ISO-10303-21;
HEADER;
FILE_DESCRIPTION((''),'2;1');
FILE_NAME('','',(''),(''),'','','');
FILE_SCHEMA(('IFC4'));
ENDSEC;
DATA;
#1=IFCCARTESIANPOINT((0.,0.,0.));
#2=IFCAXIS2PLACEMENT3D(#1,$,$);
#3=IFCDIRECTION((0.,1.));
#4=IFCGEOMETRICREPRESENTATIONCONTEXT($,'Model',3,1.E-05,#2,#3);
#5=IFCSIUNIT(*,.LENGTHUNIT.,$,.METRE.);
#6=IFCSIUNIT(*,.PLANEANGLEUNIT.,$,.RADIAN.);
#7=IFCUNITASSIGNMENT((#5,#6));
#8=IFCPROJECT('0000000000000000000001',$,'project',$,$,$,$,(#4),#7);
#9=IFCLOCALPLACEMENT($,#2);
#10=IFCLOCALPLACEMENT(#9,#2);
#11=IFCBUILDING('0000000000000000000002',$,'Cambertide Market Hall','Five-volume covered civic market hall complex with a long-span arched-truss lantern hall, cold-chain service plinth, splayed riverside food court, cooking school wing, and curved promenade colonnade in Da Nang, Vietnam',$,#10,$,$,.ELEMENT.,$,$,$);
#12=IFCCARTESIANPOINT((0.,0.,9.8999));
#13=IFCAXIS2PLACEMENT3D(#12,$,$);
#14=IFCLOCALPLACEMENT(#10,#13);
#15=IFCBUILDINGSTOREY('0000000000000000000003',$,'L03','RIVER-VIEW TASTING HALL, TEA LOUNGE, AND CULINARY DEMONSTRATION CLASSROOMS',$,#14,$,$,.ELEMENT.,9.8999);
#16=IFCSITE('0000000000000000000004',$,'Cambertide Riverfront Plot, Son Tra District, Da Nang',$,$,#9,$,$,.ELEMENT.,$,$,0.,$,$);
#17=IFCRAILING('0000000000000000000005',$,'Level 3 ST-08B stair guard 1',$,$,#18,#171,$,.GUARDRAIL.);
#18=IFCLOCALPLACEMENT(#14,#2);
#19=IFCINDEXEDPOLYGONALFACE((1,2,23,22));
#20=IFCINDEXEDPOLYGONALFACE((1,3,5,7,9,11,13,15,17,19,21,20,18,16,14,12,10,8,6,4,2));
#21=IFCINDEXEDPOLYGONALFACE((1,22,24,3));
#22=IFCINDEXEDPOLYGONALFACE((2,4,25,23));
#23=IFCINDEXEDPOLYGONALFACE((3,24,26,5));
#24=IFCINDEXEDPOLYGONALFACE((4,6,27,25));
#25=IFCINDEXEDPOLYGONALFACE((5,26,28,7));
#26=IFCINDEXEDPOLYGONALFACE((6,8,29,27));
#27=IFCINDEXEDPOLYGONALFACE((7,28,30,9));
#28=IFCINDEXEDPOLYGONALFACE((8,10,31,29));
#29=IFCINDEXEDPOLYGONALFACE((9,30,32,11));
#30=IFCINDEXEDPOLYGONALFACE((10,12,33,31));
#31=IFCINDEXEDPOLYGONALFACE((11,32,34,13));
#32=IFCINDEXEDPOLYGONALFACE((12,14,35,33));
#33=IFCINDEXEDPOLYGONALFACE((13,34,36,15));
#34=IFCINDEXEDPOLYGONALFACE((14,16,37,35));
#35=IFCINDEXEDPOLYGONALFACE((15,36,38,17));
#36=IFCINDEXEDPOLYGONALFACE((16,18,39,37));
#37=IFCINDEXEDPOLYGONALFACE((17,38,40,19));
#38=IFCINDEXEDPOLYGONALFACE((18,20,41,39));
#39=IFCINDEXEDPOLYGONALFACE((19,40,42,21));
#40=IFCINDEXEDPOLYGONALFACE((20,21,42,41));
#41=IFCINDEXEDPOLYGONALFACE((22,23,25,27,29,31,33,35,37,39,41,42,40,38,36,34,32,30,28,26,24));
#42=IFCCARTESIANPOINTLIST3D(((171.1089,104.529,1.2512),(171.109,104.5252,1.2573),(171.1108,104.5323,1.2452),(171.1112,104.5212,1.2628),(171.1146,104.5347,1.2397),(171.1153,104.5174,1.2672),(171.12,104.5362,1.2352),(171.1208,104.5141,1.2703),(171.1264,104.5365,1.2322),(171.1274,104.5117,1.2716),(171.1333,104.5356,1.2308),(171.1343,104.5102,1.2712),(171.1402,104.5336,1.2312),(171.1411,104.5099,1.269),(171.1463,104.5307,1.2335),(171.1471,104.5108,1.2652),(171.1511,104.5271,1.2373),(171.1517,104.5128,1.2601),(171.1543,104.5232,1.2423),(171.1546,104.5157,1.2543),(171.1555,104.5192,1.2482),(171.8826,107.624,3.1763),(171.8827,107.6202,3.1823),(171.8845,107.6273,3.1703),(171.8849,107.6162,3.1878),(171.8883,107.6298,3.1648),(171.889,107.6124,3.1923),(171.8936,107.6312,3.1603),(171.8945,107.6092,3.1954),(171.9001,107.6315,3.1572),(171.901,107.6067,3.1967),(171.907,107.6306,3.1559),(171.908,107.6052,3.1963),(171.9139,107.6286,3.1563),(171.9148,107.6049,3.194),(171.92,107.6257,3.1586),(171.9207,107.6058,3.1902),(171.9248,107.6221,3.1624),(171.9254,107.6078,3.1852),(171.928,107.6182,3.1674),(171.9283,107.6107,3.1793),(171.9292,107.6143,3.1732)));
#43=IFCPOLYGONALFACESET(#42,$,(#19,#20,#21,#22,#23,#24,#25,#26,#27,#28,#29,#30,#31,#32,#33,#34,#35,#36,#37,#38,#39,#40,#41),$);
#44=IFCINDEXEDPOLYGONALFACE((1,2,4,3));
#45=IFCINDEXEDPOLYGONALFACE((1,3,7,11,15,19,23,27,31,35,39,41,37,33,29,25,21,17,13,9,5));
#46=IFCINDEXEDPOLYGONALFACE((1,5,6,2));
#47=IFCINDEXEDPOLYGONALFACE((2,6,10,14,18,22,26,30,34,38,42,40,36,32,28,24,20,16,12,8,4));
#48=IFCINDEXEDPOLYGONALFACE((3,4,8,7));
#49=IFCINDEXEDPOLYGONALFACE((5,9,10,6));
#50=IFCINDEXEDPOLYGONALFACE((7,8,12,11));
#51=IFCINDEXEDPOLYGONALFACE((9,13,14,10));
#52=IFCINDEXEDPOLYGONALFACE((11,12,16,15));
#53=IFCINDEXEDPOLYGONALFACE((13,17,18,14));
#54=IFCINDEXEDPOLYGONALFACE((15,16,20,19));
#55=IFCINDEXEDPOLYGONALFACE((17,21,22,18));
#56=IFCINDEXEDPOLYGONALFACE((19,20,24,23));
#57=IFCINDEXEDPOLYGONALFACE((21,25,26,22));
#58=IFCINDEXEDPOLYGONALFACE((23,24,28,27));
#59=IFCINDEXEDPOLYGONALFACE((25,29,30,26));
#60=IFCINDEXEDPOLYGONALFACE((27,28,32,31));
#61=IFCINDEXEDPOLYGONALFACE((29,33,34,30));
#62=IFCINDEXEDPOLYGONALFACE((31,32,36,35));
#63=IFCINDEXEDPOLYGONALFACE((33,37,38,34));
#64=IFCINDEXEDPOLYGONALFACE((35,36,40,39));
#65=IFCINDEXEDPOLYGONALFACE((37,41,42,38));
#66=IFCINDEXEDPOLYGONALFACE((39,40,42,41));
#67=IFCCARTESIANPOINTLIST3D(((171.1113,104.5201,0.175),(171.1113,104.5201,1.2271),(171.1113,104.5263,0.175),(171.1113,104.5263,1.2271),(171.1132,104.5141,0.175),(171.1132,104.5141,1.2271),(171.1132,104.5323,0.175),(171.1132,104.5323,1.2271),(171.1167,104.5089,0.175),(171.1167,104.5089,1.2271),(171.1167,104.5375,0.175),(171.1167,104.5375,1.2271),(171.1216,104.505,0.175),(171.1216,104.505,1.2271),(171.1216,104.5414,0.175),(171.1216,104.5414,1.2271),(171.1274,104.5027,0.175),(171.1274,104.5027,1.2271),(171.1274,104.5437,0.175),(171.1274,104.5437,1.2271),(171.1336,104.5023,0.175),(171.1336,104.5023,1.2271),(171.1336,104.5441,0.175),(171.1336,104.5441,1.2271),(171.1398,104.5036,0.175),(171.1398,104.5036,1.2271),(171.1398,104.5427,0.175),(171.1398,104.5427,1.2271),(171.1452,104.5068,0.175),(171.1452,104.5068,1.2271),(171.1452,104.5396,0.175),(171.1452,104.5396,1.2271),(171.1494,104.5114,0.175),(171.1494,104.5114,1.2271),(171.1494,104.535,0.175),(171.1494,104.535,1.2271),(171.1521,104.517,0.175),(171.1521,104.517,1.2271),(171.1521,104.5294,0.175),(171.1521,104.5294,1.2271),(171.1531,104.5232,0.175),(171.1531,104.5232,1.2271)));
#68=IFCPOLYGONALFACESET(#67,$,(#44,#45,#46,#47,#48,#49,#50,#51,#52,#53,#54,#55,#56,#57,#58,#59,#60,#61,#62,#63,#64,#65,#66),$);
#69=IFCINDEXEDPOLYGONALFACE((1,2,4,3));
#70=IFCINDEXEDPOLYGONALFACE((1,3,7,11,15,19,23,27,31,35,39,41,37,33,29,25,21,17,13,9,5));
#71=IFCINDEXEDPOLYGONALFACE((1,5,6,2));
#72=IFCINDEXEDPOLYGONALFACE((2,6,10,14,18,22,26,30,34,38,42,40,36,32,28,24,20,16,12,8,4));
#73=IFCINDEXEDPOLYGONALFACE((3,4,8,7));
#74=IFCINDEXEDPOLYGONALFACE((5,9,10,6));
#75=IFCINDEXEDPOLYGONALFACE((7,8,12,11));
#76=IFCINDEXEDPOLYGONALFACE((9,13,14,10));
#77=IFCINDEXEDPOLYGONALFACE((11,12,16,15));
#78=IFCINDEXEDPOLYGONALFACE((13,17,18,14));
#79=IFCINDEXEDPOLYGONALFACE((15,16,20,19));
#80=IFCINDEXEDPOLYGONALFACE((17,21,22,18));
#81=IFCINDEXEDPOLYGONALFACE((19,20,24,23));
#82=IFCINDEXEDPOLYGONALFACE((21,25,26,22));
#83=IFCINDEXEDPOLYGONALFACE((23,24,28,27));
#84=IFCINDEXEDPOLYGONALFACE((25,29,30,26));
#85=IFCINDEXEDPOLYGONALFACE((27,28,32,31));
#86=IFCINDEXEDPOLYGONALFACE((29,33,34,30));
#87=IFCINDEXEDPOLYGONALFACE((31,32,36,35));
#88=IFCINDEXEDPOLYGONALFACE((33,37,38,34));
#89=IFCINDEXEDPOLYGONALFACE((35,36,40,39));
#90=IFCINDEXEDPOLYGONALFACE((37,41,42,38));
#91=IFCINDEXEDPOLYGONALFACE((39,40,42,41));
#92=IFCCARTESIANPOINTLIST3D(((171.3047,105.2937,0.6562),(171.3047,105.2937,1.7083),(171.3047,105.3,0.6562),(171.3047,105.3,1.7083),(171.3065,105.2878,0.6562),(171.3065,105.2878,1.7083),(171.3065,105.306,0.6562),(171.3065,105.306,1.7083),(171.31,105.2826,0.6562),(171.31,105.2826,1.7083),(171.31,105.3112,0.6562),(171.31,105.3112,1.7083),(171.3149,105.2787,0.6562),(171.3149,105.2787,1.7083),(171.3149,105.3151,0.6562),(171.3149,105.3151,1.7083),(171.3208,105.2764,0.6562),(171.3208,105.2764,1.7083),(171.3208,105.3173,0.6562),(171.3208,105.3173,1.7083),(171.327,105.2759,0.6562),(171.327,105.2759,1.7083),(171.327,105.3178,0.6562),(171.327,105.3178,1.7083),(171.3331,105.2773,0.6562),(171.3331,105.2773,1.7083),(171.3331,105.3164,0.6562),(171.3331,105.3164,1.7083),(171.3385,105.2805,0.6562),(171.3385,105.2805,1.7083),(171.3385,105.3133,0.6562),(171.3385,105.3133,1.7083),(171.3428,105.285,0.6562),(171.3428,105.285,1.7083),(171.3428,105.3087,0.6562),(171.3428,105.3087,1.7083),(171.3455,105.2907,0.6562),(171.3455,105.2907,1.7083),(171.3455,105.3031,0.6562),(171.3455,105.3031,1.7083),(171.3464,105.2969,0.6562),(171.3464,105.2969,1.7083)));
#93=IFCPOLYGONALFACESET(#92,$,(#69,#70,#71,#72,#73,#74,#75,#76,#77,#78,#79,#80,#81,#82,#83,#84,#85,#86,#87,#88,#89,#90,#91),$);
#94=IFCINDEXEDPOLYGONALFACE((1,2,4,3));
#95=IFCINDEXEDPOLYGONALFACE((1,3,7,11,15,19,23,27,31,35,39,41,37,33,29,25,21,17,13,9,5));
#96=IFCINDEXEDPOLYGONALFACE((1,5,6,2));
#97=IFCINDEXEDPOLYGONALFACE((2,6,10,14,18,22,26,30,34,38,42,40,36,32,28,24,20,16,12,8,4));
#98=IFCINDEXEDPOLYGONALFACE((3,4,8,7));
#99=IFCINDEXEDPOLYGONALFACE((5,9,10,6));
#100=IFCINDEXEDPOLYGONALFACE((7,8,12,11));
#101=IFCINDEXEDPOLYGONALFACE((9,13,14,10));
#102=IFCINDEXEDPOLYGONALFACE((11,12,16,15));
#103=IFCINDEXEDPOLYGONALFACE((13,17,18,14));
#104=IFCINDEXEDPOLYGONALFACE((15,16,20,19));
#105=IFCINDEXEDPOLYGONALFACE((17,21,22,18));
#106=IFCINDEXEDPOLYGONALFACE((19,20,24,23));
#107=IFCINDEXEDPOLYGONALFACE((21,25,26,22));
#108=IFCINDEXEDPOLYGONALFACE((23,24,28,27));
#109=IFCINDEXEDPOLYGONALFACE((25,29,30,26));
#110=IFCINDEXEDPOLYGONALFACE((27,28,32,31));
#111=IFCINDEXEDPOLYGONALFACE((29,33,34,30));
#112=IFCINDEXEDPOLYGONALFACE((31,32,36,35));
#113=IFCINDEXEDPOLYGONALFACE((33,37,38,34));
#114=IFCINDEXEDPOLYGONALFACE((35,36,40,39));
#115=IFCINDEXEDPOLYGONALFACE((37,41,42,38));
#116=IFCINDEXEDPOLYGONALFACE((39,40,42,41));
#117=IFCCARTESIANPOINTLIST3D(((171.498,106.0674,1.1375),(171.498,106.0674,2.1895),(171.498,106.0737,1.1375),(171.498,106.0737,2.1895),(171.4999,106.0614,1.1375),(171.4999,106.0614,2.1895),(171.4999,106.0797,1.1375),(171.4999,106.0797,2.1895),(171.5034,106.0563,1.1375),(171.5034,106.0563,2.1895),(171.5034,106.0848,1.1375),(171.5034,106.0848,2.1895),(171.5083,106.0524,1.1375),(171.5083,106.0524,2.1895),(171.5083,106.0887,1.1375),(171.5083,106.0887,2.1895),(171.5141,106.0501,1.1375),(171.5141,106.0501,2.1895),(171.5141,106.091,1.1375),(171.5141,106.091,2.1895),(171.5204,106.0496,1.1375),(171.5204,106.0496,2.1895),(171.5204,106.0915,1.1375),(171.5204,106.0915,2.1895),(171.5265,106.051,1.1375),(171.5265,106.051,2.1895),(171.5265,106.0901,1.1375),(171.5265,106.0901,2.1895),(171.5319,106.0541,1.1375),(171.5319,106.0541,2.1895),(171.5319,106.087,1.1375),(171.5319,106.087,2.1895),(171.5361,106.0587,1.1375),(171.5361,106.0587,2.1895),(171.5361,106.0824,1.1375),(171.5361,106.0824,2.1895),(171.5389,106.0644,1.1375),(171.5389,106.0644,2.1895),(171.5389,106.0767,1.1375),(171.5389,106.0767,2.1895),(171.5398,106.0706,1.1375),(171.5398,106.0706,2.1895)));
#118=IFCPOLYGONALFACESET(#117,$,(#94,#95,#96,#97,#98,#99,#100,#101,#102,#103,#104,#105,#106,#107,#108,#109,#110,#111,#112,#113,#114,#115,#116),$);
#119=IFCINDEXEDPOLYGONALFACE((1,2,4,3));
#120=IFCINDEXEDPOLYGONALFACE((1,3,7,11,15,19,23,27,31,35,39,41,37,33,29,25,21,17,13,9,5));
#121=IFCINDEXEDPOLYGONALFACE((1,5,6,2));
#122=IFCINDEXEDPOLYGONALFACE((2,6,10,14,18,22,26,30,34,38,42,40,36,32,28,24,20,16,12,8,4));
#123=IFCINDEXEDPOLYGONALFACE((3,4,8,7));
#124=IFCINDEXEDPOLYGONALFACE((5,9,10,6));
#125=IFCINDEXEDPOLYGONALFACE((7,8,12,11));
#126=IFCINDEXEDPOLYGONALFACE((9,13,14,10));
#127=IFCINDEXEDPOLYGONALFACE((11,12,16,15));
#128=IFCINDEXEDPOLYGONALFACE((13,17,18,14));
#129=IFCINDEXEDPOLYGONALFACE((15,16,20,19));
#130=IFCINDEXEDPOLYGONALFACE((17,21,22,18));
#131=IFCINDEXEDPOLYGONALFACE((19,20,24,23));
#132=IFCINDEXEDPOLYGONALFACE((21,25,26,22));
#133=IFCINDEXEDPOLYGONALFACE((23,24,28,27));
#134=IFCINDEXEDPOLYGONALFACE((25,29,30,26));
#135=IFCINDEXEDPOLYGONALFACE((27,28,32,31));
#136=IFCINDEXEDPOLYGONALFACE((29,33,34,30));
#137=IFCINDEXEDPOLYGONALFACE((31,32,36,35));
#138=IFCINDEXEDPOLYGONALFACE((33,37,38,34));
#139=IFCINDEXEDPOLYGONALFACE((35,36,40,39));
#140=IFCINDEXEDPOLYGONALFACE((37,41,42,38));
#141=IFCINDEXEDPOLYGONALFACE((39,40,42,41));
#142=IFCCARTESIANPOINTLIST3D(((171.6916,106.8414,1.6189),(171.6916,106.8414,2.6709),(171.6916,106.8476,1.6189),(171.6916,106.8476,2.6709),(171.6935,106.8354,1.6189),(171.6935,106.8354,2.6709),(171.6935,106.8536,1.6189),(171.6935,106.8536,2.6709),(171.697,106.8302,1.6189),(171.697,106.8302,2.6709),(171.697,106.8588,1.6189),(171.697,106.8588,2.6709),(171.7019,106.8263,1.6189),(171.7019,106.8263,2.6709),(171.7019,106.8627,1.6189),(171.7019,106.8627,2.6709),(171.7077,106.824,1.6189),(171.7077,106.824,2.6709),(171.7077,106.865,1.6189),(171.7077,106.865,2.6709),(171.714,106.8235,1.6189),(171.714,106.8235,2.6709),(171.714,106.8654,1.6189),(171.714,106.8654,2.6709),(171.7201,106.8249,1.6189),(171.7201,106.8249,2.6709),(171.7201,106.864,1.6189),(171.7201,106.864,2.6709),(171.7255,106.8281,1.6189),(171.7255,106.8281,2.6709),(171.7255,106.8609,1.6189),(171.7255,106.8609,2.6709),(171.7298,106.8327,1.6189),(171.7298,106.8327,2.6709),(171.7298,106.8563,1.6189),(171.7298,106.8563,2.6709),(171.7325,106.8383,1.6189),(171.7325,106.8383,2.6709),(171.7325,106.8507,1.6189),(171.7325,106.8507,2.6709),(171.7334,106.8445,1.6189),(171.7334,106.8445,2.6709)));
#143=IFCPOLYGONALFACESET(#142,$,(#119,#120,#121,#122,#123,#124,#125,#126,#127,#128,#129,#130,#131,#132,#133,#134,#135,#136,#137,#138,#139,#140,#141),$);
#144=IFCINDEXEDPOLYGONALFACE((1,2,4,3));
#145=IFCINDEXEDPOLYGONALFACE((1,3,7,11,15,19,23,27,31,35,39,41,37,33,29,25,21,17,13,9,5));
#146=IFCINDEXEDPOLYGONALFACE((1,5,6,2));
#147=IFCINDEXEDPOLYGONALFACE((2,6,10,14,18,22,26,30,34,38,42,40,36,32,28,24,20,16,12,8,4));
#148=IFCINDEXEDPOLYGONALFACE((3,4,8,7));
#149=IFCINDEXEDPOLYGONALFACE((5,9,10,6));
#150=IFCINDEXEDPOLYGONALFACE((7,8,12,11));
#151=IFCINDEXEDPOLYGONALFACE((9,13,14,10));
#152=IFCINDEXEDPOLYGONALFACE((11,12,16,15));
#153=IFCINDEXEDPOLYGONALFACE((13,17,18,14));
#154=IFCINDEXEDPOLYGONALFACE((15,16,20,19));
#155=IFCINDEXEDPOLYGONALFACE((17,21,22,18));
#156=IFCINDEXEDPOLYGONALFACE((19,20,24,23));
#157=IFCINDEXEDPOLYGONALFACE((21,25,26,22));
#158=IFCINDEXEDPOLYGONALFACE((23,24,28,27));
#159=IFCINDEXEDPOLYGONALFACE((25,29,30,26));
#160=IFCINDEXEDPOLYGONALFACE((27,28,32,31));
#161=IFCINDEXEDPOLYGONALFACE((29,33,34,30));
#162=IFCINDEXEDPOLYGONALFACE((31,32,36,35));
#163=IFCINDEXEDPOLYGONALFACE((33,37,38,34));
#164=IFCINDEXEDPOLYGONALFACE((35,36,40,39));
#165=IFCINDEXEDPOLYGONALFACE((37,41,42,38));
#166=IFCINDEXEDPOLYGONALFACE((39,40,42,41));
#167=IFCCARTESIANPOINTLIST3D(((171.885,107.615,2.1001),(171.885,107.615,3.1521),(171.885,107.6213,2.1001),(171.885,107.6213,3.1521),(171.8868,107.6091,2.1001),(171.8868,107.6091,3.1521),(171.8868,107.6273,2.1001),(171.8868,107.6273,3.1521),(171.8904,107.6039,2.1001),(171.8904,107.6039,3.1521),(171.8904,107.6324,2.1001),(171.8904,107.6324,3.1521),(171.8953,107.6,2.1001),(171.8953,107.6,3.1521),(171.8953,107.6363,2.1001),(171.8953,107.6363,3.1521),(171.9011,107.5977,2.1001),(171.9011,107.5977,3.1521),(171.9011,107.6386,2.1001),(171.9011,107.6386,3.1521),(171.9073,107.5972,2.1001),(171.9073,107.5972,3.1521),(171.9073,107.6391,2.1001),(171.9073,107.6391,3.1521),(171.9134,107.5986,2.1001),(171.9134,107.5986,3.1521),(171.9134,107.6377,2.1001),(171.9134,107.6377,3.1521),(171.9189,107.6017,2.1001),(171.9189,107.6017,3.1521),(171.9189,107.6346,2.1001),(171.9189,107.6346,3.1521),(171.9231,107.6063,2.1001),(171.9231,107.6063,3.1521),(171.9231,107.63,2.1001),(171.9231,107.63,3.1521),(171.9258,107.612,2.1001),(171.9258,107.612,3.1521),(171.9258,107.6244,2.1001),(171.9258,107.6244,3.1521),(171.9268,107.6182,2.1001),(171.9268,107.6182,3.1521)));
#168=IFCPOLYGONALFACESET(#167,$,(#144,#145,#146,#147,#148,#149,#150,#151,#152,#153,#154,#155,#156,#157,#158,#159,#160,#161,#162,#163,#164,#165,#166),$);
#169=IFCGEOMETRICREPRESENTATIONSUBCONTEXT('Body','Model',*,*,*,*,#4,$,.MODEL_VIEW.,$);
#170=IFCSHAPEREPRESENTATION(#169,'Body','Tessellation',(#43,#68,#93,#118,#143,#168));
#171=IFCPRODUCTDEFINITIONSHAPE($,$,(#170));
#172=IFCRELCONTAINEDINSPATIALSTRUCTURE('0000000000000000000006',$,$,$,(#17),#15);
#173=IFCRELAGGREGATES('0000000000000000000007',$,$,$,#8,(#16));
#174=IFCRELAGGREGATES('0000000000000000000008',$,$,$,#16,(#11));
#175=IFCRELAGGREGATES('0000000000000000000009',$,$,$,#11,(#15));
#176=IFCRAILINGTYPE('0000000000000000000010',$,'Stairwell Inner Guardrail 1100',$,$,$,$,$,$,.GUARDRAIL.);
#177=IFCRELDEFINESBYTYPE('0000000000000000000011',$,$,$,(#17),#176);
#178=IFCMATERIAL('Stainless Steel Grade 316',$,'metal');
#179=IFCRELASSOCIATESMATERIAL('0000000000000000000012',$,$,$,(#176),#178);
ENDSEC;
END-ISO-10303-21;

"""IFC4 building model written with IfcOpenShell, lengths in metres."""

from ifc_helpers import new_model, si_unit, direction, frame, origin, origin_2d, place, context, subcontext, project, spatial, circle, extrude, material, type_object, element, save


model = new_model("IFC4")

# Units and contexts
model_context = context("Model", 3, precision=1e-05, world=origin(), true_north=direction((0.0, 1.0)))
body_context = subcontext(model_context, "Body", "Model", "MODEL_VIEW")
ifc_project = project(units=[si_unit("LENGTHUNIT", "METRE"), si_unit("PLANEANGLEUNIT", "RADIAN")], contexts=[model_context])

# Site, building, storey
site_placement = place(None, origin())
site = spatial("IfcSite", under=ifc_project, at=site_placement, Name="Cambertide Riverfront Plot, Son Tra District, Da Nang", CompositionType="ELEMENT", RefElevation=0.0)
building_placement = place(site_placement, origin())
building = spatial("IfcBuilding", under=site, at=building_placement, Name="Cambertide Market Hall", Description="Five-volume covered civic market hall complex with a long-span arched-truss lantern hall, cold-chain service plinth, splayed riverside food court, cooking school wing, and curved promenade colonnade in Da Nang, Vietnam", CompositionType="ELEMENT")
storey_placement = place(building_placement, frame((0.0, 0.0, 9.8999)))
storey = spatial("IfcBuildingStorey", under=building, at=storey_placement, Name="L03", Description="RIVER-VIEW TASTING HALL, TEA LOUNGE, AND CULINARY DEMONSTRATION CLASSROOMS", CompositionType="ELEMENT", Elevation=9.8999)

# Railing
ifc_material_1 = material(Name="Stainless Steel Grade 316", Category="metal")
railing_type_1 = type_object("IfcRailingType", Name="Stairwell Inner Guardrail 1100", PredefinedType="GUARDRAIL", material=ifc_material_1)
railing_1_placement = place(storey_placement, frame((171.1321, 104.5232, 0.175)))
element("IfcRailing", 1, at=railing_1_placement, inside=storey, type_object=railing_type_1, Name="Level 3 ST-08B stair guard 1", PredefinedType="GUARDRAIL", context=body_context, shape_type="SweptSolid", body=[
    extrude(circle(Radius=0.0239, at=origin_2d()), frame((0.0, 0.0, 1.0762), z_axis=(0.207643, 0.830637, 0.51665), x_axis=(-0.970147, 0.242518, 0.0)), (0.0, 0.0, 1.0), 3.7261),
    extrude(circle(Radius=0.021, at=origin_2d()), origin(), (0.0, 0.0, 1.0), 1.052),
    extrude(circle(Radius=0.021, at=origin_2d()), frame((0.1934, 0.7737, 0.4812)), (0.0, 0.0, 1.0), 1.052),
    extrude(circle(Radius=0.021, at=origin_2d()), frame((0.3867, 1.5474, 0.9624)), (0.0, 0.0, 1.0), 1.052),
    extrude(circle(Radius=0.021, at=origin_2d()), frame((0.5803, 2.3213, 1.4438)), (0.0, 0.0, 1.0), 1.052),
    extrude(circle(Radius=0.021, at=origin_2d()), frame((0.7737, 3.095, 1.925)), (0.0, 0.0, 1.0), 1.052),
])

save(model, "model.ifc")
